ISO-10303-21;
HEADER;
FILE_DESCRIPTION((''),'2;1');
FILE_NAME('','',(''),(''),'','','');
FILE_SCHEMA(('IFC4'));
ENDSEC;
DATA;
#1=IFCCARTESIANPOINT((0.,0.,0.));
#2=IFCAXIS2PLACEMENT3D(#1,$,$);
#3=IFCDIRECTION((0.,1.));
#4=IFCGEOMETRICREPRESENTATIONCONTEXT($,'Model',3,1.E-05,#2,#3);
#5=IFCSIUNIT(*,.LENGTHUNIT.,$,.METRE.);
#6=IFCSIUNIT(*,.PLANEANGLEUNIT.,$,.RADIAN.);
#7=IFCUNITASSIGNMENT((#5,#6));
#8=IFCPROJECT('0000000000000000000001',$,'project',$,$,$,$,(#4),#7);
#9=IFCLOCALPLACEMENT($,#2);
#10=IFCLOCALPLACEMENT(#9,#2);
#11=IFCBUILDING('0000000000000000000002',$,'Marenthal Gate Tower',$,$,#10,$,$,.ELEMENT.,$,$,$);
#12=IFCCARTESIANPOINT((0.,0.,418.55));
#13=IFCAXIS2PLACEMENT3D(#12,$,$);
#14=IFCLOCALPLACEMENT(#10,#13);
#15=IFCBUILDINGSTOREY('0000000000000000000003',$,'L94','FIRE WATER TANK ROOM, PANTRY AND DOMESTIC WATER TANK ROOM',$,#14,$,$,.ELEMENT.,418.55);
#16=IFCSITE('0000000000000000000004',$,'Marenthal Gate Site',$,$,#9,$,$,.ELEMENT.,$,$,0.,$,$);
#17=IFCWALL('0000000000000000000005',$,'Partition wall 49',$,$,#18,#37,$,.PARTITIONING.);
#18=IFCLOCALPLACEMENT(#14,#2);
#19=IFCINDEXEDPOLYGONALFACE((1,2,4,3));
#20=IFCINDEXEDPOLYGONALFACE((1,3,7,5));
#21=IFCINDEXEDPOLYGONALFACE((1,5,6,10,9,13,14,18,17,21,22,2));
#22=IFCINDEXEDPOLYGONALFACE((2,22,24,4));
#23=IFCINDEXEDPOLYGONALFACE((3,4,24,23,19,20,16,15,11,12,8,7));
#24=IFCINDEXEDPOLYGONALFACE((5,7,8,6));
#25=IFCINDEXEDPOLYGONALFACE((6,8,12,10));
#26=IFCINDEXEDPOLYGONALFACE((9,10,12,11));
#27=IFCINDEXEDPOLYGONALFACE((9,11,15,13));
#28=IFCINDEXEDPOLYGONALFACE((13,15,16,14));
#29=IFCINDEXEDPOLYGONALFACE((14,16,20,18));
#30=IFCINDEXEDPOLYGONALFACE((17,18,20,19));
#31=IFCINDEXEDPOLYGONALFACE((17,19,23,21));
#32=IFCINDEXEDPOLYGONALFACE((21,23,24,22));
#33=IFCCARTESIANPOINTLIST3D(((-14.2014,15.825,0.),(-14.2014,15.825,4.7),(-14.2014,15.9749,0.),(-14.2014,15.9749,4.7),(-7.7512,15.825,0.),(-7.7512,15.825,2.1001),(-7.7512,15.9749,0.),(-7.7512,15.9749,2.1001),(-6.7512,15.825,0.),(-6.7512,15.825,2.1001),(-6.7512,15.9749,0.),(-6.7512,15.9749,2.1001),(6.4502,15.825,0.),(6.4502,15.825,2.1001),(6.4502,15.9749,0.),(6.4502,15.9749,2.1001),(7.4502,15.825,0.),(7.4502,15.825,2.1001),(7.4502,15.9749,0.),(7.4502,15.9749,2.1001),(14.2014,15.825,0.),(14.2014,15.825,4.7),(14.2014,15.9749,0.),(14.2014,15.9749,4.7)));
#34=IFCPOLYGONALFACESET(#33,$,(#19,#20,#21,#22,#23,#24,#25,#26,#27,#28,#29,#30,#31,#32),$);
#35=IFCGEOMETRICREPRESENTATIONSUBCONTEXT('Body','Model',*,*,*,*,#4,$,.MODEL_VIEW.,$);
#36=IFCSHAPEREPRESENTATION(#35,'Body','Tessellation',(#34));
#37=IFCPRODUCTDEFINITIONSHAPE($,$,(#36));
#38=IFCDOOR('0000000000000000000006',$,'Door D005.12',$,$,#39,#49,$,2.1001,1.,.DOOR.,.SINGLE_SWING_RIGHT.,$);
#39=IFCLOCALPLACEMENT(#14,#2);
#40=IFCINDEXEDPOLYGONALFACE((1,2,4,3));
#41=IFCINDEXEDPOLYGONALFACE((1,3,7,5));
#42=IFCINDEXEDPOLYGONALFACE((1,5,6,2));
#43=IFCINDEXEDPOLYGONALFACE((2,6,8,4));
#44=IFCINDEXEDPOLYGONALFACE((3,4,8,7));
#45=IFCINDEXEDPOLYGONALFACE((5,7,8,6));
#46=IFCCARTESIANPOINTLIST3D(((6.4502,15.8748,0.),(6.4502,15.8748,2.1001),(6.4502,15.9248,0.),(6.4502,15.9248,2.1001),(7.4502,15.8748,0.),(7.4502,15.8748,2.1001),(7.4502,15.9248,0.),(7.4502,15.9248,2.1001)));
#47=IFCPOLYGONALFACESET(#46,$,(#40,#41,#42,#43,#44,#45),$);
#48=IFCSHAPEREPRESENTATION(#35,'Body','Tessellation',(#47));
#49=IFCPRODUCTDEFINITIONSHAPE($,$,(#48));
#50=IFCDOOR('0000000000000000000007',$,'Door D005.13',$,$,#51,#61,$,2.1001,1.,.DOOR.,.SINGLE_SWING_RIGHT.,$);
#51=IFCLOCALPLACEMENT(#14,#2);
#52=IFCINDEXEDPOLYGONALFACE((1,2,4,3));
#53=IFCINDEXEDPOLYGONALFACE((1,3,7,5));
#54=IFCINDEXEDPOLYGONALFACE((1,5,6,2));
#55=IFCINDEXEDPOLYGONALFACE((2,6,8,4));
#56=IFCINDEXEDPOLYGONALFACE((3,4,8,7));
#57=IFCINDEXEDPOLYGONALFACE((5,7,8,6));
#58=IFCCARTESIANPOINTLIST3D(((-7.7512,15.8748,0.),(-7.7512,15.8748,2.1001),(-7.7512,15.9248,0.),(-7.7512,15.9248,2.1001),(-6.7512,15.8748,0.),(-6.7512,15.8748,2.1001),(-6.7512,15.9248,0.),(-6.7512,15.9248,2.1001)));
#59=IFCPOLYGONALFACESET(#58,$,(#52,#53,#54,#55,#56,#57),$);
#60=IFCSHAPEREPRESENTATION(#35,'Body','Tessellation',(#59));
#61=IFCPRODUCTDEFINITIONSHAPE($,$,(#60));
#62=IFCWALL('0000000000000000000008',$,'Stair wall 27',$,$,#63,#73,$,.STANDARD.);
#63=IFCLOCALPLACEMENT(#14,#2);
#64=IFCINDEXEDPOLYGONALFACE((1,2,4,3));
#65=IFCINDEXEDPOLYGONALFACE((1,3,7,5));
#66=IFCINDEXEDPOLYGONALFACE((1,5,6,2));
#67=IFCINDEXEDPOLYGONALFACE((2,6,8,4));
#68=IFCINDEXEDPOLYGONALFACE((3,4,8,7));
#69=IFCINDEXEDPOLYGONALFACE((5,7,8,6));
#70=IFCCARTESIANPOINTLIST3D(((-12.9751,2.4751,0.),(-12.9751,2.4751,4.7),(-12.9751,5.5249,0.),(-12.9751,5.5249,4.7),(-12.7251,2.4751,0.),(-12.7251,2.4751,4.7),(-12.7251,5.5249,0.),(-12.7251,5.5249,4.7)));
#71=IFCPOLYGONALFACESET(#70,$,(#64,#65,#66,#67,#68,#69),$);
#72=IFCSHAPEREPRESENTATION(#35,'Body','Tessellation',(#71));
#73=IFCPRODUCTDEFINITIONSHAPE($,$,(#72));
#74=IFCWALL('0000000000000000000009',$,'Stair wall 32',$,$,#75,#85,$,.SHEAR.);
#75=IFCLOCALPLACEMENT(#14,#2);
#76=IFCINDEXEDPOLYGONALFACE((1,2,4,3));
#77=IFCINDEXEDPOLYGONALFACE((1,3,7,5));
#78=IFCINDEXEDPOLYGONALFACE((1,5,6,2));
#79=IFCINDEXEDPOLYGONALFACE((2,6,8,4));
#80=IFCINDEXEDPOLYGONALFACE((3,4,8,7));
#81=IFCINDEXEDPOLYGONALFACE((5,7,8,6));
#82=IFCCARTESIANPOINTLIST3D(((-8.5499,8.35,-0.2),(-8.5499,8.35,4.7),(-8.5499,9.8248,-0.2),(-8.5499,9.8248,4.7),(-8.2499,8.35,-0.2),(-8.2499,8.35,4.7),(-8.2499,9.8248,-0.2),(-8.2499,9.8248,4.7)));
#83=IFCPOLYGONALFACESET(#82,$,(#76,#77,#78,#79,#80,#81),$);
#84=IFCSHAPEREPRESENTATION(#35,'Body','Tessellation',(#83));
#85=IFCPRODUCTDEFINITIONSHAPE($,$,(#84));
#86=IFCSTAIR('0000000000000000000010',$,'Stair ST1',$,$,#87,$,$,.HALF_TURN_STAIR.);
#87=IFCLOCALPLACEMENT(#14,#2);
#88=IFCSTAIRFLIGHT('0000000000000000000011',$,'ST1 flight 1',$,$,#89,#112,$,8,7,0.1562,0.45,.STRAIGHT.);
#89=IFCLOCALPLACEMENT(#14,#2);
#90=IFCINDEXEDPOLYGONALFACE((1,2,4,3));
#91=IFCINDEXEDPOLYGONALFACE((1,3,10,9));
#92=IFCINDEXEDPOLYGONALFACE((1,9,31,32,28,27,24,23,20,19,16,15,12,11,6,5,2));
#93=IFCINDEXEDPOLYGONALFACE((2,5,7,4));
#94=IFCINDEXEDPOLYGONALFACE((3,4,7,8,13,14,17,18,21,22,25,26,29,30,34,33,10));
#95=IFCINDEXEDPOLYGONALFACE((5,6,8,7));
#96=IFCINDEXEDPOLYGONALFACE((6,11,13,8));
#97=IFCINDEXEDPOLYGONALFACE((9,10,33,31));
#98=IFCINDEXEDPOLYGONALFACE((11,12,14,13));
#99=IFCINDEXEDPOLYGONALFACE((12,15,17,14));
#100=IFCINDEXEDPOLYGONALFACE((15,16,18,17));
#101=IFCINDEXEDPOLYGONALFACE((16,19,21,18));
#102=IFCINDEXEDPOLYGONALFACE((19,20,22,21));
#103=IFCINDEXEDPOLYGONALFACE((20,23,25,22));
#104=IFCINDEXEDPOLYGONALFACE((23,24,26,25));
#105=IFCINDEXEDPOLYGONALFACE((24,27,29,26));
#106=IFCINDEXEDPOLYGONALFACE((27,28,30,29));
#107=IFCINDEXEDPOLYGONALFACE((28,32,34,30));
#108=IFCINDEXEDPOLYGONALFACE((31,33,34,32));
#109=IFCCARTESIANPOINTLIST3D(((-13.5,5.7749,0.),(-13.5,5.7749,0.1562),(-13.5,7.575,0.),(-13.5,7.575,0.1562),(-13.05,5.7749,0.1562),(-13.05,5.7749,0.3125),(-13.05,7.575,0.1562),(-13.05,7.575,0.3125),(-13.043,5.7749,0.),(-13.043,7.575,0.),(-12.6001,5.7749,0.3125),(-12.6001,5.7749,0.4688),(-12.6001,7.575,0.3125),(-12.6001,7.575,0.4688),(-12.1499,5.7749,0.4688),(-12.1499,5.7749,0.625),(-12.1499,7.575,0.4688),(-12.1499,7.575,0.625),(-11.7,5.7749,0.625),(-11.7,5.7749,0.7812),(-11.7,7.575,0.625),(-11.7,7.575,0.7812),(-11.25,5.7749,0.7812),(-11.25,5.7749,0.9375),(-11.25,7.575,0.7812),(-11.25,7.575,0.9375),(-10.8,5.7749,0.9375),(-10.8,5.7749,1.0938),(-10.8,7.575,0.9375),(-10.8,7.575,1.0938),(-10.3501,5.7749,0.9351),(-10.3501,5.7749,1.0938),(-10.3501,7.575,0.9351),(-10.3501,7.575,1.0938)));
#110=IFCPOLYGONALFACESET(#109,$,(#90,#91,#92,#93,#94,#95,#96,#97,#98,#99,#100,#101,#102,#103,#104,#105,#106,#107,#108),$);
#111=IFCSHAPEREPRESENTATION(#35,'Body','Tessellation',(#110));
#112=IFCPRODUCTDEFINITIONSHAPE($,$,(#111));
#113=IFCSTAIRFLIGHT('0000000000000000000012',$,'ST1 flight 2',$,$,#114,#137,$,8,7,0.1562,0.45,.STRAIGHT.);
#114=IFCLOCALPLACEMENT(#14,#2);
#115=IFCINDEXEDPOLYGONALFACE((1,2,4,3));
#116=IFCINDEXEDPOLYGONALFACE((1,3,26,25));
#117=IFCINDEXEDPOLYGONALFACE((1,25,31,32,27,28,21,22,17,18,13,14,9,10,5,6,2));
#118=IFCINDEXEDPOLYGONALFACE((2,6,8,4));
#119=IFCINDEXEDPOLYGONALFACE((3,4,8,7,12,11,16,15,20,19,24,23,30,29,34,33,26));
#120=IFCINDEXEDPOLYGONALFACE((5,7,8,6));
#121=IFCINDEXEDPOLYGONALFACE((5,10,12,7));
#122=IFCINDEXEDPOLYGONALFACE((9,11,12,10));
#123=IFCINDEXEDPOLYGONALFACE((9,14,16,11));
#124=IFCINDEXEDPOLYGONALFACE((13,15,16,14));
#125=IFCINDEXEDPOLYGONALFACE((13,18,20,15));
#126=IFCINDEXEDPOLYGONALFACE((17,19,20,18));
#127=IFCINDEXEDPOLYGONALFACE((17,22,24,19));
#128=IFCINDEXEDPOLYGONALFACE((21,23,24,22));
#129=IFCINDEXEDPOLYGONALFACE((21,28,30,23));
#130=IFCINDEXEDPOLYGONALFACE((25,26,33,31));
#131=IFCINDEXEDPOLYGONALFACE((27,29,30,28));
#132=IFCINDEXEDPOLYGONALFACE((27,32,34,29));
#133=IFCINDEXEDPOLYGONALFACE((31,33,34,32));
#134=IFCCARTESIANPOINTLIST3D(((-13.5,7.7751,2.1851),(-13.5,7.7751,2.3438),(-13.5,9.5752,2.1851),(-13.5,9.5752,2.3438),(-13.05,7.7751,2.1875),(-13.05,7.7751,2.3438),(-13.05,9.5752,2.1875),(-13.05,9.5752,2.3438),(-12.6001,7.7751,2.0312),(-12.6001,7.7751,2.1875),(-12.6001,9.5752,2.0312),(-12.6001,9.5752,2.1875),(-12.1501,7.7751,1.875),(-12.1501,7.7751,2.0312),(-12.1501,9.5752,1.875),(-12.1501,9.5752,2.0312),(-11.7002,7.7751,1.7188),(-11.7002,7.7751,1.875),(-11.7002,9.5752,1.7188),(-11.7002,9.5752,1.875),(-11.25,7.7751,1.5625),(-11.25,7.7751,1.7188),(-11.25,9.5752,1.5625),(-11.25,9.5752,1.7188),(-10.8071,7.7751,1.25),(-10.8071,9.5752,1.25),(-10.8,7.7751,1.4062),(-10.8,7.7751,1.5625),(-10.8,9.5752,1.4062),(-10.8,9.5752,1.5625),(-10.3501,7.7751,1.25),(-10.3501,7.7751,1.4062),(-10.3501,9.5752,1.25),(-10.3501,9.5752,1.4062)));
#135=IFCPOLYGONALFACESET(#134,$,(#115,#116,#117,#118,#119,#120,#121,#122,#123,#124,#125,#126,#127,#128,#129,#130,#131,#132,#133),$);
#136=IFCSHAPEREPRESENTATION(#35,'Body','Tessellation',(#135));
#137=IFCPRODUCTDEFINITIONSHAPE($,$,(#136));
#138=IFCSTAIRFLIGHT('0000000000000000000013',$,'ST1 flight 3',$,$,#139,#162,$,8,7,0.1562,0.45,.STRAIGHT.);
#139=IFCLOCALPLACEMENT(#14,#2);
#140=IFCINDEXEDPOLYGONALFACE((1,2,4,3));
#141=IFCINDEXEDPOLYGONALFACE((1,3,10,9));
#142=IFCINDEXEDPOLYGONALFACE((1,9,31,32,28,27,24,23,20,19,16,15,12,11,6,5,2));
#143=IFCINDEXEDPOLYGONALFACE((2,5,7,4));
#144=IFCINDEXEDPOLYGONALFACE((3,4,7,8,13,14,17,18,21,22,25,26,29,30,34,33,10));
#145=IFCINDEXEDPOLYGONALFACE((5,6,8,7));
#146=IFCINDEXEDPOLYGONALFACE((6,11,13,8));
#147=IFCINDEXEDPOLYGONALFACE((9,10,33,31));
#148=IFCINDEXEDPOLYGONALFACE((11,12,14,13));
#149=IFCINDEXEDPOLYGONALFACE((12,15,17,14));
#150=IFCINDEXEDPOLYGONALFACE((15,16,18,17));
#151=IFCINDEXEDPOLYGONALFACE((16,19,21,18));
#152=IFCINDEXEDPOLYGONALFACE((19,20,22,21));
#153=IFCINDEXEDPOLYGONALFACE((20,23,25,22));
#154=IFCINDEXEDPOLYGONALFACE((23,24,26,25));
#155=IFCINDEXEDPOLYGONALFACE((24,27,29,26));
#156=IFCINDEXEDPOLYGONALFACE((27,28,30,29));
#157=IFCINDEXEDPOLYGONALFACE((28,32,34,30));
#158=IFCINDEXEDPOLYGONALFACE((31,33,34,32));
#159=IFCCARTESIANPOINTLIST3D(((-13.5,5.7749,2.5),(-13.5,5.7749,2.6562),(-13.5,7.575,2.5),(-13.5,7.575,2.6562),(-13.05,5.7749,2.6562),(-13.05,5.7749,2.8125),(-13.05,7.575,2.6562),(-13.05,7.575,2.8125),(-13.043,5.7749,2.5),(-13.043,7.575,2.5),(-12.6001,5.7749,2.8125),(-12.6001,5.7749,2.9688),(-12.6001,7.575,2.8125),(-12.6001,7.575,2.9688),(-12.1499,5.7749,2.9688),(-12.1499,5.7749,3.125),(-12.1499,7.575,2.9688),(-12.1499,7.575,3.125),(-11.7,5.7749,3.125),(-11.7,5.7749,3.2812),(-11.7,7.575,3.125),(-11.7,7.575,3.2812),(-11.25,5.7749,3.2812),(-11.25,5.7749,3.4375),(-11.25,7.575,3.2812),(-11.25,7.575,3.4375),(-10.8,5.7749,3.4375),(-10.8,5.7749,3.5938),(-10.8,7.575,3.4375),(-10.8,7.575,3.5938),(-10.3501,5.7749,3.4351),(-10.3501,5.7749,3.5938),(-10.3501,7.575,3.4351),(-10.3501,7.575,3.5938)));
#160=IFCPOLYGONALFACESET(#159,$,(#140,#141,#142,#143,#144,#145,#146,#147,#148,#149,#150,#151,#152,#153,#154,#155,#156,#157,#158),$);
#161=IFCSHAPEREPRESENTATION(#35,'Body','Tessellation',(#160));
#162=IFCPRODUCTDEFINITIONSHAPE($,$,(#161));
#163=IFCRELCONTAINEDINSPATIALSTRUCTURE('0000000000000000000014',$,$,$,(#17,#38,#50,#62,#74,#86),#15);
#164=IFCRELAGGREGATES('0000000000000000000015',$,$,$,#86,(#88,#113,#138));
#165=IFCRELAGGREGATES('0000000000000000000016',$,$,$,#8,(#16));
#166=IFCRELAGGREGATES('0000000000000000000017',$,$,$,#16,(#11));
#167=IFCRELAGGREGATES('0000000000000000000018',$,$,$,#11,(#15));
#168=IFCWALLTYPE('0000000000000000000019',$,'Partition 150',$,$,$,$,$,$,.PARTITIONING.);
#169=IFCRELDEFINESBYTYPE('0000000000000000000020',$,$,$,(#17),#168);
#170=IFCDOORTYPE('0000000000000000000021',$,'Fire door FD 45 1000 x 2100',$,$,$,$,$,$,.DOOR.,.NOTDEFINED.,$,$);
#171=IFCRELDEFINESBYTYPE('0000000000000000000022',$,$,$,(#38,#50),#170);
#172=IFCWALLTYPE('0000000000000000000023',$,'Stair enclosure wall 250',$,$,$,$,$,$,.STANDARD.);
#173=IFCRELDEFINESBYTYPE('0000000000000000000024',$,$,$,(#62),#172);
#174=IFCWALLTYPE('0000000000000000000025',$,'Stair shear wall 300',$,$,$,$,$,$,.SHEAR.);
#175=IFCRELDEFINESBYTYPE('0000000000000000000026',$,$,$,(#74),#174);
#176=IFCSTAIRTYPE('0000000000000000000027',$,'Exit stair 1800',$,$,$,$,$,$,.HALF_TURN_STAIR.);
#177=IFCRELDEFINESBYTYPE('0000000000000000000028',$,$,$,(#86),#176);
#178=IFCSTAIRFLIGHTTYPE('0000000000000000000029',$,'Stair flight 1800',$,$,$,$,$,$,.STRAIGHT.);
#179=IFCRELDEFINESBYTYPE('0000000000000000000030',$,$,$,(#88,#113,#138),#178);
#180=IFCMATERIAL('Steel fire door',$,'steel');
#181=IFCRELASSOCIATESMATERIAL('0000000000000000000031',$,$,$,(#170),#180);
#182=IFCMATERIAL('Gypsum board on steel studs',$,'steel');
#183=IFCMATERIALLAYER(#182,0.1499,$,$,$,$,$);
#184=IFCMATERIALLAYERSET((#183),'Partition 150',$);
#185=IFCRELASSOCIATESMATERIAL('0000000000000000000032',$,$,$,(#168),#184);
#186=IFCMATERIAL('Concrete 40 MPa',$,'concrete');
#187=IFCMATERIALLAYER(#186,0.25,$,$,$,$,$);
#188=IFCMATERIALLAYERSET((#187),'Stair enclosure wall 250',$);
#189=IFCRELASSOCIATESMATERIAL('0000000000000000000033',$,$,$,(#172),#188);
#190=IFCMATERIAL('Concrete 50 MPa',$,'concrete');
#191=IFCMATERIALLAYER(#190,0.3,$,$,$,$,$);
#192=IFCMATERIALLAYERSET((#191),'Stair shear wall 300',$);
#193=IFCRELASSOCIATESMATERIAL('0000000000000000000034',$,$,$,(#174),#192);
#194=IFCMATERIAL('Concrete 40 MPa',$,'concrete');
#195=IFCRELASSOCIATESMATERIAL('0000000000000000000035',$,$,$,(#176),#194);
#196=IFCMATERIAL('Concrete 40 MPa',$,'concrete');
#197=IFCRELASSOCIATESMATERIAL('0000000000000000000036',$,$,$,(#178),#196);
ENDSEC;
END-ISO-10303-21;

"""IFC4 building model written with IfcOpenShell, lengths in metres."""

from ifc_helpers import new_model, si_unit, direction, frame, frame_2d, origin, place, context, subcontext, project, spatial, polyline, rectangle, outline, extrude, material, layer, layer_set, type_object, element, fill, aggregate, save


model = new_model("IFC4")

# Units and contexts
model_context = context("Model", 3, precision=1e-05, world=origin(), true_north=direction((0.0, 1.0)))
body_context = subcontext(model_context, "Body", "Model", "MODEL_VIEW")
ifc_project = project(units=[si_unit("LENGTHUNIT", "METRE"), si_unit("PLANEANGLEUNIT", "RADIAN")], contexts=[model_context])

# Site, building, storey
site_placement = place(None, origin())
site = spatial("IfcSite", under=ifc_project, at=site_placement, Name="Marenthal Gate Site", CompositionType="ELEMENT", RefElevation=0.0)
building_placement = place(site_placement, origin())
building = spatial("IfcBuilding", under=site, at=building_placement, Name="Marenthal Gate Tower", CompositionType="ELEMENT")
storey_placement = place(building_placement, frame((0.0, 0.0, 418.55)))
storey = spatial("IfcBuildingStorey", under=building, at=storey_placement, Name="L94", Description="FIRE WATER TANK ROOM, PANTRY AND DOMESTIC WATER TANK ROOM", CompositionType="ELEMENT", Elevation=418.55)

# Shared definitions
ifc_material_1 = material(Name="Steel fire door", Category="steel")
door_type = type_object("IfcDoorType", Name="Fire door FD 45 1000 x 2100", OperationType="NOTDEFINED", PredefinedType="DOOR", material=ifc_material_1)

# Shared definitions
ifc_material_2 = material(Name="Gypsum board on steel studs", Category="steel")
ifc_layer_1 = layer(ifc_material_2, 0.1499)
ifc_layer_set_1 = layer_set([ifc_layer_1], Name="Partition 150")
wall_type_1 = type_object("IfcWallType", Name="Partition 150", PredefinedType="PARTITIONING", material=ifc_layer_set_1)

# Wall, openings, doors
wall_1_placement = place(storey_placement, frame((-14.2014, 15.8999, 0.0), z_axis=(0.0, 0.0, 1.0), x_axis=(1.0, 0.0, 0.0)))
wall_1 = element("IfcWall", 1, at=wall_1_placement, inside=storey, type_object=wall_type_1, Name="Partition wall 49", PredefinedType="PARTITIONING", context=body_context, shape_type="SweptSolid", body=[
    extrude(rectangle(XDim=28.4028, YDim=0.1499, at=frame_2d((14.2014, 0.0))), origin(), (0.0, 0.0, 1.0), 4.7),
])
opening_1_placement = place(wall_1_placement, frame((20.6516, 0.0, 0.0)))
opening_1 = element("IfcOpeningElement", 2, at=opening_1_placement, cuts=wall_1, PredefinedType="OPENING", context=body_context, shape_type="SweptSolid", body=[
    extrude(rectangle(XDim=1.0, YDim=2.1001, at=frame_2d((0.5, 1.05))), frame((0.0, 0.085, 0.0), z_axis=(0.0, -1.0, 0.0), x_axis=(1.0, 0.0, 0.0)), (0.0, 0.0, 1.0), 0.1699),
])
opening_2_placement = place(wall_1_placement, frame((6.4502, 0.0, 0.0)))
opening_2 = element("IfcOpeningElement", 3, at=opening_2_placement, cuts=wall_1, PredefinedType="OPENING", context=body_context, shape_type="SweptSolid", body=[
    extrude(rectangle(XDim=1.0, YDim=2.1001, at=frame_2d((0.5, 1.05))), frame((0.0, 0.085, 0.0), z_axis=(0.0, -1.0, 0.0), x_axis=(1.0, 0.0, 0.0)), (0.0, 0.0, 1.0), 0.1699),
])
door_1_placement = place(opening_1_placement, origin())
door_1 = element("IfcDoor", 4, at=door_1_placement, inside=storey, type_object=door_type, Name="Door D005.12", OperationType="SINGLE_SWING_RIGHT", OverallHeight=2.1001, OverallWidth=1.0, PredefinedType="DOOR", context=body_context, shape_type="SweptSolid", body=[
    extrude(rectangle(XDim=1.0, YDim=2.1001, at=frame_2d((0.5, 1.05))), frame((0.0, 0.0249, 0.0), z_axis=(0.0, -1.0, 0.0), x_axis=(1.0, 0.0, 0.0)), (0.0, 0.0, 1.0), 0.05),
])
fill(opening_1, door_1)
door_2_placement = place(opening_2_placement, origin())
door_2 = element("IfcDoor", 5, at=door_2_placement, inside=storey, type_object=door_type, Name="Door D005.13", OperationType="SINGLE_SWING_RIGHT", OverallHeight=2.1001, OverallWidth=1.0, PredefinedType="DOOR", context=body_context, shape_type="SweptSolid", body=[
    extrude(rectangle(XDim=1.0, YDim=2.1001, at=frame_2d((0.5, 1.05))), frame((0.0, 0.0249, 0.0), z_axis=(0.0, -1.0, 0.0), x_axis=(1.0, 0.0, 0.0)), (0.0, 0.0, 1.0), 0.05),
])
fill(opening_2, door_2)

# Walls
ifc_material_3 = material(Name="Concrete 40 MPa", Category="concrete")
ifc_layer_2 = layer(ifc_material_3, 0.25)
ifc_layer_set_2 = layer_set([ifc_layer_2], Name="Stair enclosure wall 250")
wall_type_2 = type_object("IfcWallType", Name="Stair enclosure wall 250", PredefinedType="STANDARD", material=ifc_layer_set_2)
wall_2_placement = place(storey_placement, frame((-12.8501, 2.4751, 0.0), z_axis=(0.0, 0.0, 1.0), x_axis=(0.0, 1.0, 0.0)))
element("IfcWall", 6, at=wall_2_placement, inside=storey, type_object=wall_type_2, Name="Stair wall 27", PredefinedType="STANDARD", context=body_context, shape_type="SweptSolid", body=[
    extrude(rectangle(XDim=3.0498, YDim=0.25, at=frame_2d((1.5249, 0.0))), origin(), (0.0, 0.0, 1.0), 4.7),
])
ifc_material_4 = material(Name="Concrete 50 MPa", Category="concrete")
ifc_layer_3 = layer(ifc_material_4, 0.3)
ifc_layer_set_3 = layer_set([ifc_layer_3], Name="Stair shear wall 300")
wall_type_3 = type_object("IfcWallType", Name="Stair shear wall 300", PredefinedType="SHEAR", material=ifc_layer_set_3)
wall_3_placement = place(storey_placement, frame((-8.3999, 8.3501, -0.2), z_axis=(0.0, 0.0, 1.0), x_axis=(0.0, 1.0, 0.0)))
element("IfcWall", 7, at=wall_3_placement, inside=storey, type_object=wall_type_3, Name="Stair wall 32", PredefinedType="SHEAR", context=body_context, shape_type="SweptSolid", body=[
    extrude(rectangle(XDim=1.4749, YDim=0.3, at=frame_2d((0.7373, 0.0))), origin(), (0.0, 0.0, 1.0), 4.8999),
])

# Stair, stair flights
ifc_material_5 = material(Name="Concrete 40 MPa", Category="concrete")
stair_type = type_object("IfcStairType", Name="Exit stair 1800", PredefinedType="HALF_TURN_STAIR", material=ifc_material_5)
stair_placement = place(storey_placement, origin())
stair = element("IfcStair", 8, at=stair_placement, inside=storey, type_object=stair_type, Name="Stair ST1", PredefinedType="HALF_TURN_STAIR")
ifc_material_6 = material(Name="Concrete 40 MPa", Category="concrete")
stair_flight_type = type_object("IfcStairFlightType", Name="Stair flight 1800", PredefinedType="STRAIGHT", material=ifc_material_6)
stair_flight_1_placement = place(storey_placement, frame((-13.5, 6.675, 0.0), z_axis=(0.0, 0.0, 1.0), x_axis=(1.0, 0.0, 0.0)))
stair_flight_1 = element("IfcStairFlight", 9, at=stair_flight_1_placement, type_object=stair_flight_type, Name="ST1 flight 1", NumberOfRisers=8, NumberOfTreads=7, PredefinedType="STRAIGHT", RiserHeight=0.1562, TreadLength=0.45, context=body_context, shape_type="SweptSolid", body=[
    extrude(outline(polyline([(0.0, 0.0), (0.0, 0.1562), (0.45, 0.1562), (0.45, 0.3125), (0.8999, 0.3125), (0.8999, 0.4688), (1.3501, 0.4688), (1.3501, 0.625), (1.8, 0.625), (1.8, 0.7812), (2.25, 0.7812), (2.25, 0.9375), (2.7, 0.9375), (2.7, 1.0938), (3.1499, 1.0938), (3.1499, 1.25), (3.1499, 0.9351), (0.457, 0.0), (0.0, 0.0)])), frame((0.0, 0.8999, 0.0), z_axis=(0.0, -1.0, 0.0), x_axis=(1.0, 0.0, 0.0)), (0.0, 0.0, 1.0), 1.8),
])
stair_flight_2_placement = place(storey_placement, frame((-10.3501, 8.675, 1.25), z_axis=(0.0, 0.0, 1.0), x_axis=(-1.0, 0.0, 0.0)))
stair_flight_2 = element("IfcStairFlight", 10, at=stair_flight_2_placement, type_object=stair_flight_type, Name="ST1 flight 2", NumberOfRisers=8, NumberOfTreads=7, PredefinedType="STRAIGHT", RiserHeight=0.1562, TreadLength=0.45, context=body_context, shape_type="SweptSolid", body=[
    extrude(outline(polyline([(0.0, 0.0), (0.0, 0.1562), (0.45, 0.1562), (0.45, 0.3125), (0.8999, 0.3125), (0.8999, 0.4688), (1.3501, 0.4688), (1.3501, 0.625), (1.8, 0.625), (1.8, 0.7812), (2.25, 0.7812), (2.25, 0.9375), (2.7, 0.9375), (2.7, 1.0938), (3.1499, 1.0938), (3.1499, 1.25), (3.1499, 0.9351), (0.457, 0.0), (0.0, 0.0)])), frame((0.0, 0.8999, 0.0), z_axis=(0.0, -1.0, 0.0), x_axis=(1.0, 0.0, 0.0)), (0.0, 0.0, 1.0), 1.8),
])
stair_flight_3_placement = place(storey_placement, frame((-13.5, 6.675, 2.5), z_axis=(0.0, 0.0, 1.0), x_axis=(1.0, 0.0, 0.0)))
stair_flight_3 = element("IfcStairFlight", 11, at=stair_flight_3_placement, type_object=stair_flight_type, Name="ST1 flight 3", NumberOfRisers=8, NumberOfTreads=7, PredefinedType="STRAIGHT", RiserHeight=0.1562, TreadLength=0.45, context=body_context, shape_type="SweptSolid", body=[
    extrude(outline(polyline([(0.0, 0.0), (0.0, 0.1562), (0.45, 0.1562), (0.45, 0.3125), (0.8999, 0.3125), (0.8999, 0.4688), (1.3501, 0.4688), (1.3501, 0.625), (1.8, 0.625), (1.8, 0.7812), (2.25, 0.7812), (2.25, 0.9375), (2.7, 0.9375), (2.7, 1.0938), (3.1499, 1.0938), (3.1499, 1.25), (3.1499, 0.9351), (0.457, 0.0), (0.0, 0.0)])), frame((0.0, 0.8999, 0.0), z_axis=(0.0, -1.0, 0.0), x_axis=(1.0, 0.0, 0.0)), (0.0, 0.0, 1.0), 1.8),
])
aggregate(stair, [stair_flight_1, stair_flight_2, stair_flight_3])

save(model, "model.ifc")
